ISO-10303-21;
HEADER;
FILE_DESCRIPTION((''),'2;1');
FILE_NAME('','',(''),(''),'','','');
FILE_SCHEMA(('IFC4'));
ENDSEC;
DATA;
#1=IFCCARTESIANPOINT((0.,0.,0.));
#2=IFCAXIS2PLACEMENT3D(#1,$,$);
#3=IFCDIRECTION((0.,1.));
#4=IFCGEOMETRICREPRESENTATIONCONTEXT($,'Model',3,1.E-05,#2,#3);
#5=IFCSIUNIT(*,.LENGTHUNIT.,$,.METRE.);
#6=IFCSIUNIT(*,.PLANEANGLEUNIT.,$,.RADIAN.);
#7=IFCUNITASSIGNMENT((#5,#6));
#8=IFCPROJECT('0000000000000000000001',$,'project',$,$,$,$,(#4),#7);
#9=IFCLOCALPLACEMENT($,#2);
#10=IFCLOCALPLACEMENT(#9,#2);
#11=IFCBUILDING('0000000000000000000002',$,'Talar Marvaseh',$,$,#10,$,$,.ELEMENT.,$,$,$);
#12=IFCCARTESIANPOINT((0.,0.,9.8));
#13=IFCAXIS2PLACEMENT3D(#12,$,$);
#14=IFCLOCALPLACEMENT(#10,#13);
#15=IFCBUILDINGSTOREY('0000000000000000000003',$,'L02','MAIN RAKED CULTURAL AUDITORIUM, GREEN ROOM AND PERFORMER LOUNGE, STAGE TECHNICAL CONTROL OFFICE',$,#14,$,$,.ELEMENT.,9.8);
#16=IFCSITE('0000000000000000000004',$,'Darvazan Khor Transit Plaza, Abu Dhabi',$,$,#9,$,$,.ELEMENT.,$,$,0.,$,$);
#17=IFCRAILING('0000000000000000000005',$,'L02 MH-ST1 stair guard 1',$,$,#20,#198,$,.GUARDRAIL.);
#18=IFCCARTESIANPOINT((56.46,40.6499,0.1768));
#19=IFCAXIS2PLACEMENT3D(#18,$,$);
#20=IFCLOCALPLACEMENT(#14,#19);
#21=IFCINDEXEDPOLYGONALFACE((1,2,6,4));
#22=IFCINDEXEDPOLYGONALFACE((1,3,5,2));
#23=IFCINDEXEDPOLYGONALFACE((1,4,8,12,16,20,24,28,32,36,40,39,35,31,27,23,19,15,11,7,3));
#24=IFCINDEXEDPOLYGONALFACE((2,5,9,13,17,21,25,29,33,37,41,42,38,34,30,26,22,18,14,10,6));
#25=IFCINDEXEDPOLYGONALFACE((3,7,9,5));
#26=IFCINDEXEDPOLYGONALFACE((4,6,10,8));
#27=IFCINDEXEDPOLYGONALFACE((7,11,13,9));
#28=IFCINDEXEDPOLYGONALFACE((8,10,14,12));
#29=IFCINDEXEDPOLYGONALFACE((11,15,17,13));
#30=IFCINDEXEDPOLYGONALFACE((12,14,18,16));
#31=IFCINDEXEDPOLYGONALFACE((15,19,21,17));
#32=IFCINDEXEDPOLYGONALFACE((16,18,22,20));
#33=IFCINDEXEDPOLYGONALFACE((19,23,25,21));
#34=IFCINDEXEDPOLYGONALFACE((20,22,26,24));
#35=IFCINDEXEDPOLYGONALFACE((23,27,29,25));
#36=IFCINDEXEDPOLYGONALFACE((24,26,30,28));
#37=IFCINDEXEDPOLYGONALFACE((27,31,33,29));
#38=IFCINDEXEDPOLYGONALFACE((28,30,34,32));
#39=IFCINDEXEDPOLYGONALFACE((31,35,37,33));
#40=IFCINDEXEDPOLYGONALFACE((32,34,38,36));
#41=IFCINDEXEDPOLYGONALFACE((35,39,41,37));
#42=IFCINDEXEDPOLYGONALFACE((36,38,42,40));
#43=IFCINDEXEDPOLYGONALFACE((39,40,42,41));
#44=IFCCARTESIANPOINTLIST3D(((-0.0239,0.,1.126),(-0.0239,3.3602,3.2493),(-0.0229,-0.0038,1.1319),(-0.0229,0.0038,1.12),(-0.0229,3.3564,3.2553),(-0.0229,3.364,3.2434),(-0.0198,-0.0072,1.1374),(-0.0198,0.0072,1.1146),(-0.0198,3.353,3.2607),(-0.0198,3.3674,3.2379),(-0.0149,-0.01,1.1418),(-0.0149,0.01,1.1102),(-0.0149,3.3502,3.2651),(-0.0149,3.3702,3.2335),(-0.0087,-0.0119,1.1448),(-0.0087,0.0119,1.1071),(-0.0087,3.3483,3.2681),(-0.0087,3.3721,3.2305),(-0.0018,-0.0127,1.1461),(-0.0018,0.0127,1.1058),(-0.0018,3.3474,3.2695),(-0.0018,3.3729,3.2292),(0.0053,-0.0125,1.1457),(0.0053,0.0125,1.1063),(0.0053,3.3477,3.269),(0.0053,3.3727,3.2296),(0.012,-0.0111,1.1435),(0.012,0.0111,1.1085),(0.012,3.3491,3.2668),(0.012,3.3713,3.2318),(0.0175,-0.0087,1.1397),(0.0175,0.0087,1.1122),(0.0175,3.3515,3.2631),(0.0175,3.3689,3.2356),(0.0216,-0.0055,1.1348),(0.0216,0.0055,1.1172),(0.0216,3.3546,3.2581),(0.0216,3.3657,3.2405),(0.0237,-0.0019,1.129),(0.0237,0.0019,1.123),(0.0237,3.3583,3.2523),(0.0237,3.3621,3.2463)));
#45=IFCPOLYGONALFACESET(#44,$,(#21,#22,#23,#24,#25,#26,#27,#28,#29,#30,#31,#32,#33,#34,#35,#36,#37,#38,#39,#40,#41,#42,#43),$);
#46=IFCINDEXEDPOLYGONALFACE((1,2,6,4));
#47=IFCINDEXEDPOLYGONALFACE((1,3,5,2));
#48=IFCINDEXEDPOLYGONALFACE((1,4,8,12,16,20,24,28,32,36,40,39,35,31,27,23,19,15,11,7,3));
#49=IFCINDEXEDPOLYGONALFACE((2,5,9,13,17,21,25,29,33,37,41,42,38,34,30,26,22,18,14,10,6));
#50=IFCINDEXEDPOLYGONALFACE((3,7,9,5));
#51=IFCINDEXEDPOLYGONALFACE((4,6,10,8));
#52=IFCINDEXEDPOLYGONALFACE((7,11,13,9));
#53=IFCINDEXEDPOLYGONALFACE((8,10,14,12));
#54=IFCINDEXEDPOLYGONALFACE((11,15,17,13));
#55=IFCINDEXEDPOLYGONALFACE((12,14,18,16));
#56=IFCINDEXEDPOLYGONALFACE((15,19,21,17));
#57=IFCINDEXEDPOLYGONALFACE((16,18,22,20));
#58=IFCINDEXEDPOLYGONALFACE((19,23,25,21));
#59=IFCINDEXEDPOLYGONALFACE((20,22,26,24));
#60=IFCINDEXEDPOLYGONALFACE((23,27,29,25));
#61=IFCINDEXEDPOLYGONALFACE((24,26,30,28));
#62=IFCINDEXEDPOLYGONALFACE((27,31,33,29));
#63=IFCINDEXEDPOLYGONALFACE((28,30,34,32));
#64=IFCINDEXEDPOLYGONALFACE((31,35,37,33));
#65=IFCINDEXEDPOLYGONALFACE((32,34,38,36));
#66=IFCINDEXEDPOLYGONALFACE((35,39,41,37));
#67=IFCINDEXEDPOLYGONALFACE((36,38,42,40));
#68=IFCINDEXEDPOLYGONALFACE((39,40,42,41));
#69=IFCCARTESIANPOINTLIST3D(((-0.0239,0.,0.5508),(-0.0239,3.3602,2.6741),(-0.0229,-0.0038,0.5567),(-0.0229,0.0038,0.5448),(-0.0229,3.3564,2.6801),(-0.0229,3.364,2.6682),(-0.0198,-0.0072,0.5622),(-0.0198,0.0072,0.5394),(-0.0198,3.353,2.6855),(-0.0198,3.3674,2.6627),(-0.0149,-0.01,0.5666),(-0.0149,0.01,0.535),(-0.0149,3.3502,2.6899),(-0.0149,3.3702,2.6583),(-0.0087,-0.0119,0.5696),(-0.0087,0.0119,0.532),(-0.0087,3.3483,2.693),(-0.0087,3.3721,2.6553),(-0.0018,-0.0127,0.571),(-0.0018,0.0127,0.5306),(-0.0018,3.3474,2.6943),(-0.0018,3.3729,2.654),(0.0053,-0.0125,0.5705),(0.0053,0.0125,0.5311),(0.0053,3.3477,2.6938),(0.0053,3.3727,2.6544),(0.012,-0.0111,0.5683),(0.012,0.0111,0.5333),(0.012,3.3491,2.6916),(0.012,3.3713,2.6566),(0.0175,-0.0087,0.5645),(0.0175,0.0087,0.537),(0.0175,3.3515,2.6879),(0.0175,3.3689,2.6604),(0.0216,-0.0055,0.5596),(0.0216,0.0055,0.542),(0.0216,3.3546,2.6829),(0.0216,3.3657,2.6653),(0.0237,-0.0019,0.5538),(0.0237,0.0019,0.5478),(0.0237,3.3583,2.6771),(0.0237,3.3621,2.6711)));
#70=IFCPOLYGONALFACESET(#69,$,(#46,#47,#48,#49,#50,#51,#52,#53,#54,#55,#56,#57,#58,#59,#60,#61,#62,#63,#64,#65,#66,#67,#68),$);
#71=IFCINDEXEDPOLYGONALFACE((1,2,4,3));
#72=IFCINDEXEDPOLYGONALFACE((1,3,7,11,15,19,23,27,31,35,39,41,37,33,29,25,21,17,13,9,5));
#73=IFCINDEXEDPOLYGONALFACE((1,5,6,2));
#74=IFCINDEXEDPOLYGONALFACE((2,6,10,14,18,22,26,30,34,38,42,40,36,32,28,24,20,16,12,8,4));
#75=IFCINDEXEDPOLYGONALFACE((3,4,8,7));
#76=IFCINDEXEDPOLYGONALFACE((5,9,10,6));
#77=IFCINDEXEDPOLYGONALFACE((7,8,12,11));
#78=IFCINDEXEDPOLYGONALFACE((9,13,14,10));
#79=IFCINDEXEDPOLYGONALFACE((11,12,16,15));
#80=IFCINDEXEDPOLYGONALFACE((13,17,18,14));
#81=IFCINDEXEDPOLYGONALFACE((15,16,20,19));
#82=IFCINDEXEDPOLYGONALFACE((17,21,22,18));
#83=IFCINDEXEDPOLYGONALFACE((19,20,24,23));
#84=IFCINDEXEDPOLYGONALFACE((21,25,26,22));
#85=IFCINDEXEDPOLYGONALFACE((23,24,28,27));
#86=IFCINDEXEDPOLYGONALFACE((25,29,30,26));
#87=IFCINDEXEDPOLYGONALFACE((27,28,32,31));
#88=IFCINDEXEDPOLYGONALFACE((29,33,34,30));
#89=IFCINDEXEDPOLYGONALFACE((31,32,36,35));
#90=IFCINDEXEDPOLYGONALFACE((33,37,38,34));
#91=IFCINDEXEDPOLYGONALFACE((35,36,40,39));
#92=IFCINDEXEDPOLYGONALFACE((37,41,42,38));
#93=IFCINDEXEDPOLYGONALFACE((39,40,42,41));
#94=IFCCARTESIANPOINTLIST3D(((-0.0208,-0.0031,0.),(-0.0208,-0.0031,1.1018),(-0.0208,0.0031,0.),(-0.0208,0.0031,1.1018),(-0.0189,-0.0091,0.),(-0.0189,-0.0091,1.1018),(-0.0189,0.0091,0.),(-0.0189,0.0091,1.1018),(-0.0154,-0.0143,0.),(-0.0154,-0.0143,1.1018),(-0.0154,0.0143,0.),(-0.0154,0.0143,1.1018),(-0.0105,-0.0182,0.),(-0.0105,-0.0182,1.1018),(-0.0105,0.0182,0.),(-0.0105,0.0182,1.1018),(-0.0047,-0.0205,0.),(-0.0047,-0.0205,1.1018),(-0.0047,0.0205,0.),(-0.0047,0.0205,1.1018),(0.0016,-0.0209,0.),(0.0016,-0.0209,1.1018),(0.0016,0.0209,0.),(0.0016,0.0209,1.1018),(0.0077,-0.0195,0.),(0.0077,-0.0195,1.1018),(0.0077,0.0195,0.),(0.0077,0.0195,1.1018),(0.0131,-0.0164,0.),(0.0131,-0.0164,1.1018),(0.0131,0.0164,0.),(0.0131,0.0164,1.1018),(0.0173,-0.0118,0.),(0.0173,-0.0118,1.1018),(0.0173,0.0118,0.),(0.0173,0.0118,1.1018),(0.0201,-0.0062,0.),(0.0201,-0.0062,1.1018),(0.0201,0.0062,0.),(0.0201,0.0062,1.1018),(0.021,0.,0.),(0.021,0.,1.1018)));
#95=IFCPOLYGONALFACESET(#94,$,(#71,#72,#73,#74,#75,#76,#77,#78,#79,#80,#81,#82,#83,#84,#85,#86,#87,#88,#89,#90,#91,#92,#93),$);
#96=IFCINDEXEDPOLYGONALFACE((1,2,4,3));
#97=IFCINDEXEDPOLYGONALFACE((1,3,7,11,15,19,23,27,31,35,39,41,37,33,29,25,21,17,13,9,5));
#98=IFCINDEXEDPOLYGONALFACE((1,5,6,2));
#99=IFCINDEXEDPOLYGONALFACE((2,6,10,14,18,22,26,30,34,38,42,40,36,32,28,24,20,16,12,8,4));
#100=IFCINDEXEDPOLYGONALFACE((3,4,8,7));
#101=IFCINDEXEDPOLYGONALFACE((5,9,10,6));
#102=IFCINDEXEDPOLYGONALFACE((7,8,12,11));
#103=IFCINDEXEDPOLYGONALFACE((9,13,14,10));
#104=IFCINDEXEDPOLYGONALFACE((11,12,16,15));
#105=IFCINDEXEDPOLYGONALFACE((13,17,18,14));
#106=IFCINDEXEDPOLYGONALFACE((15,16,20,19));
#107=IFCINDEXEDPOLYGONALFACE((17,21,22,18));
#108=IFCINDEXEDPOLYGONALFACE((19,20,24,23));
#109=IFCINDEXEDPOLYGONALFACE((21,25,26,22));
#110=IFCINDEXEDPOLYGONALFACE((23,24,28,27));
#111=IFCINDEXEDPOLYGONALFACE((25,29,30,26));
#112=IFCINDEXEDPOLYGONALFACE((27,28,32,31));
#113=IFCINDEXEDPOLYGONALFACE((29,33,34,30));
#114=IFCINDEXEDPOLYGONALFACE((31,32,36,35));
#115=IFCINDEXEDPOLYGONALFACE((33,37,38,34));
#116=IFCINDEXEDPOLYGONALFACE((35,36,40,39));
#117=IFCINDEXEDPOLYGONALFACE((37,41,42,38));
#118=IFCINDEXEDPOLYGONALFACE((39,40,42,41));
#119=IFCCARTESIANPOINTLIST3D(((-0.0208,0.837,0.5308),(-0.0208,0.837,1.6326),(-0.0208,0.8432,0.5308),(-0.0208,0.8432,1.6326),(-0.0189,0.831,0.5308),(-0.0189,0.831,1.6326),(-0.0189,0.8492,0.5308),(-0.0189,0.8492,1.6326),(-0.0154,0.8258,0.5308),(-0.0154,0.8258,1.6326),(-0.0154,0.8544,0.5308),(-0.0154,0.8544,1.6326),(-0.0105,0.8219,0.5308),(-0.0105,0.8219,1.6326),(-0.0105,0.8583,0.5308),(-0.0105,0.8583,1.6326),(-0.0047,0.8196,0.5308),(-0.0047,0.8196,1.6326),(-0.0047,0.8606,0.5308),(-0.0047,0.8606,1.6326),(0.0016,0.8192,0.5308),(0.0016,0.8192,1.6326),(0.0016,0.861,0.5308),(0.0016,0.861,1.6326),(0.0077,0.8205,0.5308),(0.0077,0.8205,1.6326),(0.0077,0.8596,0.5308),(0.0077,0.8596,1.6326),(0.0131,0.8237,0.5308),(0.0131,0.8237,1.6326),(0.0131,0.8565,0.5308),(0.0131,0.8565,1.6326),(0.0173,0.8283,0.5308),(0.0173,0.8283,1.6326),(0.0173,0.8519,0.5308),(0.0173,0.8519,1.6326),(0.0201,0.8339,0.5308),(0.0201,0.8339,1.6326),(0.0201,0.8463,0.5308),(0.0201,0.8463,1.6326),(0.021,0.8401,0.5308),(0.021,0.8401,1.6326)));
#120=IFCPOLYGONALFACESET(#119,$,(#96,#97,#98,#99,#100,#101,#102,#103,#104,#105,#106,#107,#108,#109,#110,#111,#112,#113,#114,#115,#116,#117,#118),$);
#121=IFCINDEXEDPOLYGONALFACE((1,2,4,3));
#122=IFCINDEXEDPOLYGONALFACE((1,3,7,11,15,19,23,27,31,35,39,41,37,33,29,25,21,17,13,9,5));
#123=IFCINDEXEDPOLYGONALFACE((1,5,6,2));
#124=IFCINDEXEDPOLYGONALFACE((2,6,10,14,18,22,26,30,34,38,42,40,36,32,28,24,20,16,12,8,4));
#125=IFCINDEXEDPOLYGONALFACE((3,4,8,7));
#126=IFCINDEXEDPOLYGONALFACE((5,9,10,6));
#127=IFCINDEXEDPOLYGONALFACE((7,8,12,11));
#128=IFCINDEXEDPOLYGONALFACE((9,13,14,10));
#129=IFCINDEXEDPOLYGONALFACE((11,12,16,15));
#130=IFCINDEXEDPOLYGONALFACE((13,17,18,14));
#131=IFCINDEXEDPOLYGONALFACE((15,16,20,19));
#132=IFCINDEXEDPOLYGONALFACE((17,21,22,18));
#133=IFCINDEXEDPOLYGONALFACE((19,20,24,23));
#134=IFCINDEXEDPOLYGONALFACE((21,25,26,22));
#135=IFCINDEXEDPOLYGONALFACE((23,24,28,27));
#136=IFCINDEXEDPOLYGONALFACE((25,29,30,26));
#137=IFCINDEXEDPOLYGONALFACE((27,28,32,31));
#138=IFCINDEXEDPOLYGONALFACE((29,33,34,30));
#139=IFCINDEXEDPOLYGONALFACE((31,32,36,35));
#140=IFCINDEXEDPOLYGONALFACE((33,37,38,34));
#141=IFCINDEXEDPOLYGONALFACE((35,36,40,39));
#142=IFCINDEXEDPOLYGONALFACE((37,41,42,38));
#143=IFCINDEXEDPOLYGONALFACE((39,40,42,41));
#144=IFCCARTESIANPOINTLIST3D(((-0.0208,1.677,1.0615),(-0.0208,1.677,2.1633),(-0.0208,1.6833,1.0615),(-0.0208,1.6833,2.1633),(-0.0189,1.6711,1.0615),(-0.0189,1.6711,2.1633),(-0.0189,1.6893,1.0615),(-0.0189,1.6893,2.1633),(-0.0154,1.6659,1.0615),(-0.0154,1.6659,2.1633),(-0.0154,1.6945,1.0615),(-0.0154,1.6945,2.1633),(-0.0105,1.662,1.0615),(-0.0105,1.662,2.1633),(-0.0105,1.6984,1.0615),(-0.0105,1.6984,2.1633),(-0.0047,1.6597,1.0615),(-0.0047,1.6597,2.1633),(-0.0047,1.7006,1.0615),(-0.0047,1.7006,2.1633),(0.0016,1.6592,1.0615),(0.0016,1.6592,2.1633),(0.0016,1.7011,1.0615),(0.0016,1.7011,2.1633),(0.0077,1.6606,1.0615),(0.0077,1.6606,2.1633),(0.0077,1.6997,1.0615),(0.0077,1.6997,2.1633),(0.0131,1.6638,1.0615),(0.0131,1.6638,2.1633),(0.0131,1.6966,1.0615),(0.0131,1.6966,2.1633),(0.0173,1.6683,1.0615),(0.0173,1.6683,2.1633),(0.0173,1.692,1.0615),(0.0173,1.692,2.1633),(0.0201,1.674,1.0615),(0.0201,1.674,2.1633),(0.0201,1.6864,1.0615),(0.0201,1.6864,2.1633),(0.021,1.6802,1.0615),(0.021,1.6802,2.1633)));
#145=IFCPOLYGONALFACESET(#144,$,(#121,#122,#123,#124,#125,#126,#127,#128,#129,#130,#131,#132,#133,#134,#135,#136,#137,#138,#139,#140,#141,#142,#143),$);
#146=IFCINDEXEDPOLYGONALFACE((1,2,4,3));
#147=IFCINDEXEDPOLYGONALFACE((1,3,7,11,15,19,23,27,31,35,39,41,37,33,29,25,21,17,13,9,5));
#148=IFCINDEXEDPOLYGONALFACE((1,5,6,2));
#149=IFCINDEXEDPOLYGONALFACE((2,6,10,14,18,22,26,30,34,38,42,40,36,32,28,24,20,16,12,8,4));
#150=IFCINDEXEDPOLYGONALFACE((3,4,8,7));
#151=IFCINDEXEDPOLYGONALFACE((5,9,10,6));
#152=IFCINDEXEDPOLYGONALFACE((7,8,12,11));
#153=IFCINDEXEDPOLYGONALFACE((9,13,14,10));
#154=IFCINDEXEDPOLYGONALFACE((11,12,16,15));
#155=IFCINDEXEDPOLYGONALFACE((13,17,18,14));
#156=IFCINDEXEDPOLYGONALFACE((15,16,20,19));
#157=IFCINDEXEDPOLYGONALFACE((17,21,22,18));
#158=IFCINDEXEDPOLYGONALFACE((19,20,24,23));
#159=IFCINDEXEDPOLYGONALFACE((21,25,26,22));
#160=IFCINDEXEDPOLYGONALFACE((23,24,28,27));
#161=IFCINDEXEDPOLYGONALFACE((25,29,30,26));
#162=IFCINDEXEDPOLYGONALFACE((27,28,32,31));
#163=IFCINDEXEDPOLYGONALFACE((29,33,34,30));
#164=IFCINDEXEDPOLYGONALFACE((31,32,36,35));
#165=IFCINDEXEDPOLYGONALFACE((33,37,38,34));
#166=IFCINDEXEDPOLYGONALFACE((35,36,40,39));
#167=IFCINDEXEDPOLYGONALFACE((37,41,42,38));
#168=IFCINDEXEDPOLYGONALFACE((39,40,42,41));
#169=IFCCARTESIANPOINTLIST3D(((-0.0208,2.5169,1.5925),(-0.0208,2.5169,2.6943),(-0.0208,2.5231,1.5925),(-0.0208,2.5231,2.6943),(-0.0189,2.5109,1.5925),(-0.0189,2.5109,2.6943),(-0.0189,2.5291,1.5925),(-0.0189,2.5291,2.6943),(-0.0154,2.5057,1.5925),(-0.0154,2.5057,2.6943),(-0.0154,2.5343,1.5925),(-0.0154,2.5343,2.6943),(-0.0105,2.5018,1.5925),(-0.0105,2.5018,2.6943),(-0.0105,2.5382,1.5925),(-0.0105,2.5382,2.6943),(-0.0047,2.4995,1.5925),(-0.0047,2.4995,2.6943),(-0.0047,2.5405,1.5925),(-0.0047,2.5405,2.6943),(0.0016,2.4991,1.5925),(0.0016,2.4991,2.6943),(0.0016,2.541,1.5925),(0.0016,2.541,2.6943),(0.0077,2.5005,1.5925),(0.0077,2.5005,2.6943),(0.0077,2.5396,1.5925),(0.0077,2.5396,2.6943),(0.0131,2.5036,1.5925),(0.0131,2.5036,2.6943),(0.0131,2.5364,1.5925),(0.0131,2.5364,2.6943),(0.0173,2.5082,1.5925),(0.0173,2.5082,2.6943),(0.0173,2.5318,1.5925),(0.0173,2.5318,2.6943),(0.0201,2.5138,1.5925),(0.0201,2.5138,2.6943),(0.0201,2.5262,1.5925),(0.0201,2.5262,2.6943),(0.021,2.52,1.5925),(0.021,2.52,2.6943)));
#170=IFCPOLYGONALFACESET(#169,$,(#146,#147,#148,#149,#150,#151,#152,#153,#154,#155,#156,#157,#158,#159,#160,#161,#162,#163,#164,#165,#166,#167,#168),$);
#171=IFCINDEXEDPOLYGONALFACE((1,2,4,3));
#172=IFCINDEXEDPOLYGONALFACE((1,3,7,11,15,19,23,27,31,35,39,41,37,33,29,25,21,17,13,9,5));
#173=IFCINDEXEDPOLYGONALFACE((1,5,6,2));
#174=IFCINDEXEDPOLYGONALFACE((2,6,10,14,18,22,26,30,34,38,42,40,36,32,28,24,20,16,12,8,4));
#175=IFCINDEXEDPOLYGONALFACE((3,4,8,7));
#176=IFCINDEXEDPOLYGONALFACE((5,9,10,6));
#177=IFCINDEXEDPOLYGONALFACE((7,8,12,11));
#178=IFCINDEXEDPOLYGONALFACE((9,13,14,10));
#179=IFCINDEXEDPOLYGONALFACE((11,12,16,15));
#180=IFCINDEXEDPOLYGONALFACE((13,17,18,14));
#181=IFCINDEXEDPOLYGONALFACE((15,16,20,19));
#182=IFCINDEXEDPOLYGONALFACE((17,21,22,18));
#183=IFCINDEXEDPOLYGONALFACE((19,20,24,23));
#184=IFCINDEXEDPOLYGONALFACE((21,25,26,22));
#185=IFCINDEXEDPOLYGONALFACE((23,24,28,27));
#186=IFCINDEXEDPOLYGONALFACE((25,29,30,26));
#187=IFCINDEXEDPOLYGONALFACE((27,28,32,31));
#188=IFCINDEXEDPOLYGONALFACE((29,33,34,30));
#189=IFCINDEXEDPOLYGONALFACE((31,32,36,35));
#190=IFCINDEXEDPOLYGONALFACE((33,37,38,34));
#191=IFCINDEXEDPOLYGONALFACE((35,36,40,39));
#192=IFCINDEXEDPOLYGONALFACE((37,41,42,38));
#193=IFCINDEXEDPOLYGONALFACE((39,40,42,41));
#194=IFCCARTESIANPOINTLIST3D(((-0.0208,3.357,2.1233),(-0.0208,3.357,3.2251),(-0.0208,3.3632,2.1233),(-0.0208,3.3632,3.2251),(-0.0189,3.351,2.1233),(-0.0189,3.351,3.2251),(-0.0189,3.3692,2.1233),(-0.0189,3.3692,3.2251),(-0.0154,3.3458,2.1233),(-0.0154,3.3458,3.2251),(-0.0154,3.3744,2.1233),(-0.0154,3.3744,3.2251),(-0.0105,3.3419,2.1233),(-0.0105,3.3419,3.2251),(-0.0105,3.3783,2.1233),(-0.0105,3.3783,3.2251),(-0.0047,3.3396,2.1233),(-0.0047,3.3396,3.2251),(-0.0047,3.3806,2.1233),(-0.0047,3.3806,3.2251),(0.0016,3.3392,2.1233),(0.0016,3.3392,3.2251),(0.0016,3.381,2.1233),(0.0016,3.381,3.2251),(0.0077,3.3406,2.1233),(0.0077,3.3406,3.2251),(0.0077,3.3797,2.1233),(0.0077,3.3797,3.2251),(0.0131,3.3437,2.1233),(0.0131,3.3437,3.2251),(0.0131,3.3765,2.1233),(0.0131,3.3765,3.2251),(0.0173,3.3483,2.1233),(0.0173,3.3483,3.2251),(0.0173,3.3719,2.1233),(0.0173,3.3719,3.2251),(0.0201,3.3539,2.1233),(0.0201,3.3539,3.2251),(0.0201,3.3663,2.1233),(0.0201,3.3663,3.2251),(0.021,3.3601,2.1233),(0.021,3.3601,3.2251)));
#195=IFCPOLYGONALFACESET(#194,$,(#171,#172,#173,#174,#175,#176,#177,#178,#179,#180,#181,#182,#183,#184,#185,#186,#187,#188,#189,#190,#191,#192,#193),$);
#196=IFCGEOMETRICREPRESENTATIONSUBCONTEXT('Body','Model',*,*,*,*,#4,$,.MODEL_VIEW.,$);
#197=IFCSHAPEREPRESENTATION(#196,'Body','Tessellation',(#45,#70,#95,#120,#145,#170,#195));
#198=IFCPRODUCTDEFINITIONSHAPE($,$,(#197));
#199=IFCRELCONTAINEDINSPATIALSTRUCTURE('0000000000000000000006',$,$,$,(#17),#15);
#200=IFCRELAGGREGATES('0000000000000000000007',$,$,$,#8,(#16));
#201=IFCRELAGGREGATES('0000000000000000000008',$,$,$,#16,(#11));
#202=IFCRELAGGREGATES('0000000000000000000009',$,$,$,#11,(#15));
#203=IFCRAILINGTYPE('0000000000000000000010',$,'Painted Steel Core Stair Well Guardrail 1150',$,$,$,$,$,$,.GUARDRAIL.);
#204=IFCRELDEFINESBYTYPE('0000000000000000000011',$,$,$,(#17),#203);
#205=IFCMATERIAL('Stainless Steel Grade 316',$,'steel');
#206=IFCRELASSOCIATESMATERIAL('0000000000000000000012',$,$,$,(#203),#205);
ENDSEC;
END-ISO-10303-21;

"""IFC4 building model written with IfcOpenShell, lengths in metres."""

from ifc_helpers import new_model, si_unit, direction, frame, origin, origin_2d, place, context, subcontext, project, spatial, circle, extrude, material, type_object, element, save


model = new_model("IFC4")

# Units and contexts
model_context = context("Model", 3, precision=1e-05, world=origin(), true_north=direction((0.0, 1.0)))
body_context = subcontext(model_context, "Body", "Model", "MODEL_VIEW")
ifc_project = project(units=[si_unit("LENGTHUNIT", "METRE"), si_unit("PLANEANGLEUNIT", "RADIAN")], contexts=[model_context])

# Site, building, storey
site_placement = place(None, origin())
site = spatial("IfcSite", under=ifc_project, at=site_placement, Name="Darvazan Khor Transit Plaza, Abu Dhabi", CompositionType="ELEMENT", RefElevation=0.0)
building_placement = place(site_placement, origin())
building = spatial("IfcBuilding", under=site, at=building_placement, Name="Talar Marvaseh", CompositionType="ELEMENT")
storey_placement = place(building_placement, frame((0.0, 0.0, 9.8)))
storey = spatial("IfcBuildingStorey", under=building, at=storey_placement, Name="L02", Description="MAIN RAKED CULTURAL AUDITORIUM, GREEN ROOM AND PERFORMER LOUNGE, STAGE TECHNICAL CONTROL OFFICE", CompositionType="ELEMENT", Elevation=9.8)

# Railing
ifc_material_1 = material(Name="Stainless Steel Grade 316", Category="steel")
railing_type_1 = type_object("IfcRailingType", Name="Painted Steel Core Stair Well Guardrail 1150", PredefinedType="GUARDRAIL", material=ifc_material_1)
railing_1_placement = place(storey_placement, frame((56.46, 40.6499, 0.1768)))
element("IfcRailing", 1, at=railing_1_placement, inside=storey, type_object=railing_type_1, Name="L02 MH-ST1 stair guard 1", PredefinedType="GUARDRAIL", context=body_context, shape_type="SweptSolid", body=[
    extrude(circle(Radius=0.0239, at=origin_2d()), frame((0.0, 0.0, 1.126), z_axis=(0.0, 0.845362, 0.534194), x_axis=(-1.0, 0.0, 0.0)), (0.0, 0.0, 1.0), 3.9749),
    extrude(circle(Radius=0.0239, at=origin_2d()), frame((0.0, 0.0, 0.5508), z_axis=(0.0, 0.845362, 0.534194), x_axis=(-1.0, 0.0, 0.0)), (0.0, 0.0, 1.0), 3.9749),
    extrude(circle(Radius=0.021, at=origin_2d()), origin(), (0.0, 0.0, 1.0), 1.1018),
    extrude(circle(Radius=0.021, at=origin_2d()), frame((0.0, 0.8401, 0.5308)), (0.0, 0.0, 1.0), 1.1018),
    extrude(circle(Radius=0.021, at=origin_2d()), frame((0.0, 1.6802, 1.0615)), (0.0, 0.0, 1.0), 1.1018),
    extrude(circle(Radius=0.021, at=origin_2d()), frame((0.0, 2.52, 1.5925)), (0.0, 0.0, 1.0), 1.1018),
    extrude(circle(Radius=0.021, at=origin_2d()), frame((0.0, 3.3601, 2.1233)), (0.0, 0.0, 1.0), 1.1018),
])

save(model, "model.ifc")
